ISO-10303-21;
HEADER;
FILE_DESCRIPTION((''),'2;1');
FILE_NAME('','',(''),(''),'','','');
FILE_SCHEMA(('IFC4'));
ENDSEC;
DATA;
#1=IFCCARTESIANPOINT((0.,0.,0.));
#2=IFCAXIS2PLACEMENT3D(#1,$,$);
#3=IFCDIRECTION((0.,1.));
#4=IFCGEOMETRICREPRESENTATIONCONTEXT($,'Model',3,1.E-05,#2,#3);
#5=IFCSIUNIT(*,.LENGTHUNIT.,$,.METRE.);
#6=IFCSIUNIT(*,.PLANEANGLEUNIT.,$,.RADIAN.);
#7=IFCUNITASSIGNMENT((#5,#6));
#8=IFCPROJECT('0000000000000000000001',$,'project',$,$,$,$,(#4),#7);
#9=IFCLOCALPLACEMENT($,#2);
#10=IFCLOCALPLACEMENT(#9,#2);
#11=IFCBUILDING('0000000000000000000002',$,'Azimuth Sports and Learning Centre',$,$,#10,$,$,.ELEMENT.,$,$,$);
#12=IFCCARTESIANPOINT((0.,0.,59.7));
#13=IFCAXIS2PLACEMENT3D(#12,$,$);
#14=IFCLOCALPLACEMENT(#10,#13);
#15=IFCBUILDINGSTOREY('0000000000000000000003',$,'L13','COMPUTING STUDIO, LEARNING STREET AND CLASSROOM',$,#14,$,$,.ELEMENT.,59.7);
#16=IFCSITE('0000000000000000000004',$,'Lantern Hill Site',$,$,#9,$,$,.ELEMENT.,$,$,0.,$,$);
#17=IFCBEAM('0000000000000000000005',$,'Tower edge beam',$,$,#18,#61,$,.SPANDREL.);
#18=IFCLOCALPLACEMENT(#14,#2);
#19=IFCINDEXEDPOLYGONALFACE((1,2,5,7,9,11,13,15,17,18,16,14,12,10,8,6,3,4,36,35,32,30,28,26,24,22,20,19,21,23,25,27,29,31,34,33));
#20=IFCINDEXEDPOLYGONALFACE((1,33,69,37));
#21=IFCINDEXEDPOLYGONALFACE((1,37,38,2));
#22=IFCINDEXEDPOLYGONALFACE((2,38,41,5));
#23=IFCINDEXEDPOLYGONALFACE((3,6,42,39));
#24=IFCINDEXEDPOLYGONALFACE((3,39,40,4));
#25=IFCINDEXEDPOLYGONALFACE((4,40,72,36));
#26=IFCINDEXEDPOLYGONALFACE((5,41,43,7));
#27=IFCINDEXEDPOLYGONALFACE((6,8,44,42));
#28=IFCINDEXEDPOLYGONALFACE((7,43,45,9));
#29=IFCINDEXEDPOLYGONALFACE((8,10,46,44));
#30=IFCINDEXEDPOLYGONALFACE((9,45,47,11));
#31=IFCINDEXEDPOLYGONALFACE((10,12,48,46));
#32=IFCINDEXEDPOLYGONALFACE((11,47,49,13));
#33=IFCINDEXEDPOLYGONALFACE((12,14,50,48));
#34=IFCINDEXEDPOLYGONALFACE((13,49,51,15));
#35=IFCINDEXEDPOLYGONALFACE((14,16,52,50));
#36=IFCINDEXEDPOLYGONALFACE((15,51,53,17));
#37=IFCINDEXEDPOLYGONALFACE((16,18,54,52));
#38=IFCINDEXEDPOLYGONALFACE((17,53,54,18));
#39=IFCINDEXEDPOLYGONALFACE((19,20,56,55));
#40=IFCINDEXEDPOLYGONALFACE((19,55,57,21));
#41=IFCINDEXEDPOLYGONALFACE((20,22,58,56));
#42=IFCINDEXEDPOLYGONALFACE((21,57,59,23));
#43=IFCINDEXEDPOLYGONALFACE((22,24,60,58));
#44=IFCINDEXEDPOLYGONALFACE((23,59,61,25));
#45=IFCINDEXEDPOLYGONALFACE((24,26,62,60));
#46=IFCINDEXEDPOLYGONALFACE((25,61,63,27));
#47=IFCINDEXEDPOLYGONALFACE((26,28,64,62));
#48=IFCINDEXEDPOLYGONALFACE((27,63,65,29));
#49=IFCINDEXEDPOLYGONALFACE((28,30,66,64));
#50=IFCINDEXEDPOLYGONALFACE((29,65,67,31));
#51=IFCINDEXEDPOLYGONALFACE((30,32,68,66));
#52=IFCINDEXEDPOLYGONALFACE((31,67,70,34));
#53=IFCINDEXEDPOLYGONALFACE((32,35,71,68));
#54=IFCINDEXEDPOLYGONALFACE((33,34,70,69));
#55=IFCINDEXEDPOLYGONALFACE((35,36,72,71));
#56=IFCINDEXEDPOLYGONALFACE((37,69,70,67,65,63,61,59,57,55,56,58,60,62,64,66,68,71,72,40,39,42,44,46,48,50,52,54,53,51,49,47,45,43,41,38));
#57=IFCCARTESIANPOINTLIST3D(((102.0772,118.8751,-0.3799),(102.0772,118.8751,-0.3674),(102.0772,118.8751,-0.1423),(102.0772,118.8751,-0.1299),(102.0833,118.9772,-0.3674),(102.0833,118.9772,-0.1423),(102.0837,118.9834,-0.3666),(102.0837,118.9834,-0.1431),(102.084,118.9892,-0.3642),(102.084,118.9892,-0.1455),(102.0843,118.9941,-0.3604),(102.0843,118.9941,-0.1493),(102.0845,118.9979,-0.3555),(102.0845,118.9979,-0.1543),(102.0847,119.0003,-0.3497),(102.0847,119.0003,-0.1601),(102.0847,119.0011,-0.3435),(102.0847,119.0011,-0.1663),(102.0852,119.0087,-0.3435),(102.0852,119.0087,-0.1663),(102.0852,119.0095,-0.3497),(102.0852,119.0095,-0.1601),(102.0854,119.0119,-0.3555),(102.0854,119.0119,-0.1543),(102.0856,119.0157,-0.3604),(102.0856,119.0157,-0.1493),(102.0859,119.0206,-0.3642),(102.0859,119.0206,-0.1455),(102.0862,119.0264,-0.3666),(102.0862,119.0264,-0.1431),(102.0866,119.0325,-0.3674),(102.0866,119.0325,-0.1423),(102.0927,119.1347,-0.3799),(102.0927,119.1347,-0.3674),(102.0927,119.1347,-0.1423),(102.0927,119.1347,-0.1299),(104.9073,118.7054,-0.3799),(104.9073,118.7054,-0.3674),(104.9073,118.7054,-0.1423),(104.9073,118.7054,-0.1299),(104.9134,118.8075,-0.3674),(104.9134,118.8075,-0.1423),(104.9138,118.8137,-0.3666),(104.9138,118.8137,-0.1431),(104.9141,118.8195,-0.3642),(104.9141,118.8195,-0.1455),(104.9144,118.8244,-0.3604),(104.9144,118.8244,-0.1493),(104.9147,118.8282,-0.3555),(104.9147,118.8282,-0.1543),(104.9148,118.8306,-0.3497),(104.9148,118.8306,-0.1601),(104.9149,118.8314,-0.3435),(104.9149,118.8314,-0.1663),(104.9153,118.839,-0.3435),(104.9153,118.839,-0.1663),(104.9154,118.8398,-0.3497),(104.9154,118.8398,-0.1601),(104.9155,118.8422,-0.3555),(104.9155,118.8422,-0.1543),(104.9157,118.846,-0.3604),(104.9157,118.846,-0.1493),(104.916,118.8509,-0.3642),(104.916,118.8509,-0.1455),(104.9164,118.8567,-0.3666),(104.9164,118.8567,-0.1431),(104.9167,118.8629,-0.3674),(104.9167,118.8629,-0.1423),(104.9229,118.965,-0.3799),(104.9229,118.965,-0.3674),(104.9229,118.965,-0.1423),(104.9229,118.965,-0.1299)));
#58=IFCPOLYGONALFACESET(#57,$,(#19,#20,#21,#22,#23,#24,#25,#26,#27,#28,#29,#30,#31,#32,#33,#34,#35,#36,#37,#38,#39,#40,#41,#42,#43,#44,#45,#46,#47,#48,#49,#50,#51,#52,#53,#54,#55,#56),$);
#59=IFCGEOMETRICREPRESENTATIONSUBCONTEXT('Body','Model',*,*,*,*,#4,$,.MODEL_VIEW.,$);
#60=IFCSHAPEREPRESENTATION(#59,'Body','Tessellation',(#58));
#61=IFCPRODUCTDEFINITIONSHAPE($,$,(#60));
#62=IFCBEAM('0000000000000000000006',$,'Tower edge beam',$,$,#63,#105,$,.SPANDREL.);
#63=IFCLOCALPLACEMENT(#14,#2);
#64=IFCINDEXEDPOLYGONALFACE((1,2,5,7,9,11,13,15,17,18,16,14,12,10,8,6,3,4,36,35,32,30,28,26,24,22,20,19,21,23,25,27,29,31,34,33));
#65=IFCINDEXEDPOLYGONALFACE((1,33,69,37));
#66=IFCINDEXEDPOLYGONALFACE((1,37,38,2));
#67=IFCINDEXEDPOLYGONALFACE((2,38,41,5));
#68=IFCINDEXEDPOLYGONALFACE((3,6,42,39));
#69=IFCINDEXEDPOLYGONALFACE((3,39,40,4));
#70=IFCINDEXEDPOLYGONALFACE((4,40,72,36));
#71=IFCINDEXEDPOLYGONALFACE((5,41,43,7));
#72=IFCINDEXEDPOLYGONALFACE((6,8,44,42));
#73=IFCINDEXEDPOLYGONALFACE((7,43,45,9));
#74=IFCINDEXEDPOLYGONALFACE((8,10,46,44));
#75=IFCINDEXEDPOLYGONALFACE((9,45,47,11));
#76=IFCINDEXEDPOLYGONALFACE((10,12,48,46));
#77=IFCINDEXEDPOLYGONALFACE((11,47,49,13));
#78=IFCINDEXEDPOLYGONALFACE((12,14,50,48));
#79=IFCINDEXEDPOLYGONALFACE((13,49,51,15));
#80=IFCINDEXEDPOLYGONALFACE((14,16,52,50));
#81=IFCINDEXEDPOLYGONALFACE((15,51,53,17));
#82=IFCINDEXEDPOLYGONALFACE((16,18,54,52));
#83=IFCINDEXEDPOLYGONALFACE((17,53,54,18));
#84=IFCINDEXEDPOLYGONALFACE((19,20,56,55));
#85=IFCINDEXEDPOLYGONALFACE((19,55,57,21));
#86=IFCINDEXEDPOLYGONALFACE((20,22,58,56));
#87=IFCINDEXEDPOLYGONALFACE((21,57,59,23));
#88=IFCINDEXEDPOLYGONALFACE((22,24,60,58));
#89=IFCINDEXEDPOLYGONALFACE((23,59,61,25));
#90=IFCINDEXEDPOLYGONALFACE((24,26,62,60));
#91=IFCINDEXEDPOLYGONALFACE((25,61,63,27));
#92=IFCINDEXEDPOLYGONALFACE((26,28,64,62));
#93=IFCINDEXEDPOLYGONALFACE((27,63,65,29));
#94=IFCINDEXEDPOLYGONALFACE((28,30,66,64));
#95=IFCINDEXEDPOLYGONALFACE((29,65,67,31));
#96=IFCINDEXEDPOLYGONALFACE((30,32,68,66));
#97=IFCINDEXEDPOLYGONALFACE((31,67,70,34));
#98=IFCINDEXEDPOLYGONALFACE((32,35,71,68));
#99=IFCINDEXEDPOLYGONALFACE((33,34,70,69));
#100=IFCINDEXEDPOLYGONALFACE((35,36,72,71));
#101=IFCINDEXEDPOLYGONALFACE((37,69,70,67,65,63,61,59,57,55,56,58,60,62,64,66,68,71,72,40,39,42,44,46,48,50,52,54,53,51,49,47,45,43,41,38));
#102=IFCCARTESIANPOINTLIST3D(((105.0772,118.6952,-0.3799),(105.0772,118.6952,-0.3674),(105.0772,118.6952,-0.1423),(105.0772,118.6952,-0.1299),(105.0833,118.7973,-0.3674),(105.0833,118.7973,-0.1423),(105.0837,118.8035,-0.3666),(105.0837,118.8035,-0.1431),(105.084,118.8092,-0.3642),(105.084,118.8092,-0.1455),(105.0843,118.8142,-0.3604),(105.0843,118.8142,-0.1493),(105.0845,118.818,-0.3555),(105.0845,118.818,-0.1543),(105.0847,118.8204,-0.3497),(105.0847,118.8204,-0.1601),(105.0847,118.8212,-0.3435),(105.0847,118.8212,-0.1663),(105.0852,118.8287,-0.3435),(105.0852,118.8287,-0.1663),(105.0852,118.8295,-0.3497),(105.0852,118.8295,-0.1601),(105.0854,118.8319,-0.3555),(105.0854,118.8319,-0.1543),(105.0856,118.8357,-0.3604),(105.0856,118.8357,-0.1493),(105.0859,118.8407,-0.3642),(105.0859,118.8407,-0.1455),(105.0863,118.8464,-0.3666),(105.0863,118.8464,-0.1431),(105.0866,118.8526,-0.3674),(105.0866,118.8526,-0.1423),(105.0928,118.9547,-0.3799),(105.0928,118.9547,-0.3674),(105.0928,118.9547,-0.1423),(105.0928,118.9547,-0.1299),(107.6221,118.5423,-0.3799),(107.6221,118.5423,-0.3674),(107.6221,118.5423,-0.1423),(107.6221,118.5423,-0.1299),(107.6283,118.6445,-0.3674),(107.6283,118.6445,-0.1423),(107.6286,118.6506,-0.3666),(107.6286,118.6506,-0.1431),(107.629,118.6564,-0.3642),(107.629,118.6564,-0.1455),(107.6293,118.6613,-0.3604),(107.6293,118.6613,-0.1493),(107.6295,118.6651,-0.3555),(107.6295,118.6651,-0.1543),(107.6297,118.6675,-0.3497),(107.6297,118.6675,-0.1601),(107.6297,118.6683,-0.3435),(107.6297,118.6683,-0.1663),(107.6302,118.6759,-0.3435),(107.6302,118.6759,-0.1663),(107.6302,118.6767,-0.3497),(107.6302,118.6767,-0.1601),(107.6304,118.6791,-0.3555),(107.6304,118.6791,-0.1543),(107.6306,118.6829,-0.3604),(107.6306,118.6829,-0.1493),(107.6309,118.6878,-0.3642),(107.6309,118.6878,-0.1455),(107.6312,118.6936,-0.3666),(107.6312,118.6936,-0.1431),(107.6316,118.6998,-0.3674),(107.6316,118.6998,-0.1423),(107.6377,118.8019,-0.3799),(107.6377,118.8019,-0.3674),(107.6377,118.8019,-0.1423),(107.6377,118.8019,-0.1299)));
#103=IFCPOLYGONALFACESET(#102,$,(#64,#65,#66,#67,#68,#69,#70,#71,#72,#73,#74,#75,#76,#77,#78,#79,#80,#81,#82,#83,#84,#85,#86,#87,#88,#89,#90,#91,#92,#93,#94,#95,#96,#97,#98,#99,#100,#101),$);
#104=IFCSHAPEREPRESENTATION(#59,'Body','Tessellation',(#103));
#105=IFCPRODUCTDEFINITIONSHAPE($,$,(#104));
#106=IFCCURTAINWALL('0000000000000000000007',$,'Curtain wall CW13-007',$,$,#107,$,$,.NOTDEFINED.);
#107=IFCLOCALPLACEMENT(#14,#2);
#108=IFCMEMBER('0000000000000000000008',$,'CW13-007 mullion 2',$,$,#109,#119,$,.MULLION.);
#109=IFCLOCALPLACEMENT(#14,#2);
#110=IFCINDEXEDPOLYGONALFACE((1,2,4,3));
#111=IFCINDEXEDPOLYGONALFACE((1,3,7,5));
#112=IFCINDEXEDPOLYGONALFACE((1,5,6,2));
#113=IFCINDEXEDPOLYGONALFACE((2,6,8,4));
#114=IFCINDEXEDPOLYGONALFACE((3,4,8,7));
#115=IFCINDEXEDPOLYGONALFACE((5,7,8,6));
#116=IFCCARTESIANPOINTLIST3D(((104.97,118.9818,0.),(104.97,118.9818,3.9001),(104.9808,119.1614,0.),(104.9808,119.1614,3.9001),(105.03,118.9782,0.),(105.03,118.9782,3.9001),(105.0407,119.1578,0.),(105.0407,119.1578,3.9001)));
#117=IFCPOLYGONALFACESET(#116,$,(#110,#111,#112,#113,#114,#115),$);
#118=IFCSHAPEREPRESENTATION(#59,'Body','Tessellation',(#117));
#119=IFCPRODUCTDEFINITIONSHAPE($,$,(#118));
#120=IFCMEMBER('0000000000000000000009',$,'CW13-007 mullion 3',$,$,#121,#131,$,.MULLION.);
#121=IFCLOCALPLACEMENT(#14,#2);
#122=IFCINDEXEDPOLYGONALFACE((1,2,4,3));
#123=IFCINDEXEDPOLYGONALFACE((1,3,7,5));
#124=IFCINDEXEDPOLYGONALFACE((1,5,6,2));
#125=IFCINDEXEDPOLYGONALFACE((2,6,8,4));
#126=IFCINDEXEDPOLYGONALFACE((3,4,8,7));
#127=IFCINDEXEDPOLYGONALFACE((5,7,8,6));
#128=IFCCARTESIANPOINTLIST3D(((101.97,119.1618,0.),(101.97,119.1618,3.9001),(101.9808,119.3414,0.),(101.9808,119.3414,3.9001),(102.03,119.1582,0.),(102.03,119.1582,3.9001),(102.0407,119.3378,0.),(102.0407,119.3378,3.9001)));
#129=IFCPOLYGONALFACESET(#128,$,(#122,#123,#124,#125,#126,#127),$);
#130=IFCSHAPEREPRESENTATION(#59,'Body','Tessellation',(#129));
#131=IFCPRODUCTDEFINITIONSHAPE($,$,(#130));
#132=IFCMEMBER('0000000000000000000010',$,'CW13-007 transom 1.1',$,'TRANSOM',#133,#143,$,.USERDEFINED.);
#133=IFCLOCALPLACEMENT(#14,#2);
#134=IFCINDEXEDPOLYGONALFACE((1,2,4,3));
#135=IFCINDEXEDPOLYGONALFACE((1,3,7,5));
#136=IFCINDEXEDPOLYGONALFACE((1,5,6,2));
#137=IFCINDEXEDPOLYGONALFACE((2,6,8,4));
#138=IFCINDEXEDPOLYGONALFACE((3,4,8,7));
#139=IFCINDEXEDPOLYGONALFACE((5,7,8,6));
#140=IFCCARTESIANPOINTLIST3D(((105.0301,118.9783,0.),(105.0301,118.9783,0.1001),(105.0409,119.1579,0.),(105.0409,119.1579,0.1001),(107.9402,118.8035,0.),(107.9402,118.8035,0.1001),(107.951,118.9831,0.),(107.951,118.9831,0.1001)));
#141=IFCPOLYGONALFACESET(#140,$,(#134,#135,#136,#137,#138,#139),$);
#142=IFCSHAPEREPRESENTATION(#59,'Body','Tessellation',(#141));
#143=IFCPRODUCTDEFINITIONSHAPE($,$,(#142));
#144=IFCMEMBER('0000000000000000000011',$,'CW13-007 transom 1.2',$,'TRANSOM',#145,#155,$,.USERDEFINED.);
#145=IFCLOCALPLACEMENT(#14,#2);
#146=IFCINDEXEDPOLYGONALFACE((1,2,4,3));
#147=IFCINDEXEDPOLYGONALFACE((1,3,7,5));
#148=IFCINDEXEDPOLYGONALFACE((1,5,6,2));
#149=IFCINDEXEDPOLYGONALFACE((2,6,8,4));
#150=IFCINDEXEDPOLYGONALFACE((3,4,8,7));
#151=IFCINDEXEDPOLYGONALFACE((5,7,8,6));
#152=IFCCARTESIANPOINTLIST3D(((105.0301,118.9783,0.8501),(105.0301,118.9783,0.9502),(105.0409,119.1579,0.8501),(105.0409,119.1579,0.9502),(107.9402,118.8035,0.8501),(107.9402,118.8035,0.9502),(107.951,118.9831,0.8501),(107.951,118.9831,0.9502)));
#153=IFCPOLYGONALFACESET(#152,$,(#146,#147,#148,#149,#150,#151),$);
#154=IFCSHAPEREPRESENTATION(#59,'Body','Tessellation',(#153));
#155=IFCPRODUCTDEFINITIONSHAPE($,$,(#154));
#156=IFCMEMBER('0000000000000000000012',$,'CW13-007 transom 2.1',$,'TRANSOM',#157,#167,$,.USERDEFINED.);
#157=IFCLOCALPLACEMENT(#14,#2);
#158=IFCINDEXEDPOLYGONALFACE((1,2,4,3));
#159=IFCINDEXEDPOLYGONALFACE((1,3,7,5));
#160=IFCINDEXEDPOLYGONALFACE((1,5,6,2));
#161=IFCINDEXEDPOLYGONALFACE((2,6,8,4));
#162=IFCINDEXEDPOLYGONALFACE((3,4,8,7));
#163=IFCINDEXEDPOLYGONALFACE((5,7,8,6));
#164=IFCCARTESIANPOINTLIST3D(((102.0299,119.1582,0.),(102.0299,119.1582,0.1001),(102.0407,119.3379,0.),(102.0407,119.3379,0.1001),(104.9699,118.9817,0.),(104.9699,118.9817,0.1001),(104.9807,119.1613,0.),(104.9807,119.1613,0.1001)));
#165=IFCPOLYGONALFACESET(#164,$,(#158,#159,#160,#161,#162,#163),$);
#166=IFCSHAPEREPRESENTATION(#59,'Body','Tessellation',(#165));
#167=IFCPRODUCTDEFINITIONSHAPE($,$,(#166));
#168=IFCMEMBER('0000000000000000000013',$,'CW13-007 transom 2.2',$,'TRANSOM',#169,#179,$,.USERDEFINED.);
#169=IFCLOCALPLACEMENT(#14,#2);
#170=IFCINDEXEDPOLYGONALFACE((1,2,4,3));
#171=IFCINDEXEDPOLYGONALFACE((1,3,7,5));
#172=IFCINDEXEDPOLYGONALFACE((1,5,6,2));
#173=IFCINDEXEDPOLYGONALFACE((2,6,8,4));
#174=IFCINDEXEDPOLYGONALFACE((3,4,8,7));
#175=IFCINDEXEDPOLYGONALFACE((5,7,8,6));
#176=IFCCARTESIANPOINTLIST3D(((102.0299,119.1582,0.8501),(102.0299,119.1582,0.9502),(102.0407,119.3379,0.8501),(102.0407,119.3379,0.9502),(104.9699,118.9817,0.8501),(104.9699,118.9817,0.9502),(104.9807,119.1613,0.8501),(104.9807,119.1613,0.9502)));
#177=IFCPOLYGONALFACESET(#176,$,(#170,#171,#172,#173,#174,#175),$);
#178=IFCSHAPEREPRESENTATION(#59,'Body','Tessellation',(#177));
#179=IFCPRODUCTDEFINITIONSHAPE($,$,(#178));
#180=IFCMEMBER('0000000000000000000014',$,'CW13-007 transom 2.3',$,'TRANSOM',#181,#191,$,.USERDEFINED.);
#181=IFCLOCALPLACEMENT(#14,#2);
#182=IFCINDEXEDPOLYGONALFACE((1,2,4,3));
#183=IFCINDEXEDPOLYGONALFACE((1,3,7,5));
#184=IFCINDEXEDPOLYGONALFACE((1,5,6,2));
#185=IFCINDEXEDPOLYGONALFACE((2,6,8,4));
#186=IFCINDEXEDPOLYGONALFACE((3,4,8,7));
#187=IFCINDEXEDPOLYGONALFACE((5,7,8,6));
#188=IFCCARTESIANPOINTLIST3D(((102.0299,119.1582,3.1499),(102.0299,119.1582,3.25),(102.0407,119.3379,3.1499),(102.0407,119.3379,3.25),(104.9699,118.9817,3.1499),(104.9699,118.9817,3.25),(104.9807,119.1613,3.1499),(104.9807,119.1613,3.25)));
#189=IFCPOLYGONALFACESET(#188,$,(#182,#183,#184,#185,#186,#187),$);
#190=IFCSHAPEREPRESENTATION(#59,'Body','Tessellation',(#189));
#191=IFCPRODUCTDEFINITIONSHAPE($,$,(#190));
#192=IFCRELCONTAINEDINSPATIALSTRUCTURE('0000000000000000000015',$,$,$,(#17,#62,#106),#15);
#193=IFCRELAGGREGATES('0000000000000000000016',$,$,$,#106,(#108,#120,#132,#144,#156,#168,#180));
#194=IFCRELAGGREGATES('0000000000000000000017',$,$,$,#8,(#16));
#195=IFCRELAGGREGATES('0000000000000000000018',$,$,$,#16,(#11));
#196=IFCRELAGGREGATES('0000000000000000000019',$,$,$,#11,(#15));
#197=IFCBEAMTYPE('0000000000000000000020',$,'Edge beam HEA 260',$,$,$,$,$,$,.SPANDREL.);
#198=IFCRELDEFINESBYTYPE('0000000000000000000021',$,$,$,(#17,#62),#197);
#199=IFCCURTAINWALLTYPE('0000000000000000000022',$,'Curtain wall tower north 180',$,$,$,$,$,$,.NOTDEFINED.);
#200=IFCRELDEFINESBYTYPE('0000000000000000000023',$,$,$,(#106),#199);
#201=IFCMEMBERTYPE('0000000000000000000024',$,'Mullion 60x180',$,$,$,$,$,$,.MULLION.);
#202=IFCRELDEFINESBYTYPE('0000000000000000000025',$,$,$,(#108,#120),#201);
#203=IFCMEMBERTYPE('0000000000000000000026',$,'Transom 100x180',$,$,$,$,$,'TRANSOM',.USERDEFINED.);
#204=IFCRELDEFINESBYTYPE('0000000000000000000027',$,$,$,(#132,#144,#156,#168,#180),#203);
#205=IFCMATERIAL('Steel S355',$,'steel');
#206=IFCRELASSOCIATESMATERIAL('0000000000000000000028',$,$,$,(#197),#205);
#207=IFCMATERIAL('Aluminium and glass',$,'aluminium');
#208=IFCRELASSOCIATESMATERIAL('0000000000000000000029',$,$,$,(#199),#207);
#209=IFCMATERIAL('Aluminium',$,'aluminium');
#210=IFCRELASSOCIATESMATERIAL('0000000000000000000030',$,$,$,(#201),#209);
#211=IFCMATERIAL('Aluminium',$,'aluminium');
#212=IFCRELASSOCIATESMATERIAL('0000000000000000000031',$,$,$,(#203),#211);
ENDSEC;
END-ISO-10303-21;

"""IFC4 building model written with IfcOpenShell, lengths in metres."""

from ifc_helpers import new_model, si_unit, direction, frame, origin, origin_2d, place, context, subcontext, project, spatial, rectangle, i_section, extrude, material, material_profile, profile_set, type_object, element, aggregate, save


model = new_model("IFC4")

# Units and contexts
model_context = context("Model", 3, precision=1e-05, world=origin(), true_north=direction((0.0, 1.0)))
body_context = subcontext(model_context, "Body", "Model", "MODEL_VIEW")
ifc_project = project(units=[si_unit("LENGTHUNIT", "METRE"), si_unit("PLANEANGLEUNIT", "RADIAN")], contexts=[model_context])

# Site, building, storey
site_placement = place(None, origin())
site = spatial("IfcSite", under=ifc_project, at=site_placement, Name="Lantern Hill Site", CompositionType="ELEMENT", RefElevation=0.0)
building_placement = place(site_placement, origin())
building = spatial("IfcBuilding", under=site, at=building_placement, Name="Azimuth Sports and Learning Centre", CompositionType="ELEMENT")
storey_placement = place(building_placement, frame((0.0, 0.0, 59.7)))
storey = spatial("IfcBuildingStorey", under=building, at=storey_placement, Name="L13", Description="COMPUTING STUDIO, LEARNING STREET AND CLASSROOM", CompositionType="ELEMENT", Elevation=59.7)

# Beams
ifc_material_1 = material(Name="Steel S355", Category="steel")
ifc_material_profile_1 = material_profile(ifc_material_1, i_section(OverallWidth=0.26, OverallDepth=0.25, WebThickness=0.0076, FlangeThickness=0.0125, FilletRadius=0.0239, at=origin_2d()), Name="HEA 260")
ifc_profile_set_1 = profile_set([ifc_material_profile_1], Name="Steel S355")
beam_type = type_object("IfcBeamType", Name="Edge beam HEA 260", PredefinedType="SPANDREL", material=ifc_profile_set_1)
beam_1_placement = place(storey_placement, frame((102.085, 119.0049, -0.2549), z_axis=(0.998208, -0.059848, 0.0), x_axis=(0.059848, 0.998208, 0.0)))
element("IfcBeam", 1, at=beam_1_placement, inside=storey, type_object=beam_type, Name="Tower edge beam", PredefinedType="SPANDREL", context=body_context, shape_type="SweptSolid", body=[
    extrude(i_section(OverallWidth=0.26, OverallDepth=0.25, WebThickness=0.0076, FlangeThickness=0.0125, FilletRadius=0.0239, at=origin_2d()), origin(), (0.0, 0.0, 1.0), 2.8352),
])
beam_2_placement = place(storey_placement, frame((105.085, 118.825, -0.2549), z_axis=(0.998202, -0.059946, 0.0), x_axis=(0.059946, 0.998202, 0.0)))
element("IfcBeam", 2, at=beam_2_placement, inside=storey, type_object=beam_type, Name="Tower edge beam", PredefinedType="SPANDREL", context=body_context, shape_type="SweptSolid", body=[
    extrude(i_section(OverallWidth=0.26, OverallDepth=0.25, WebThickness=0.0076, FlangeThickness=0.0125, FilletRadius=0.0239, at=origin_2d()), origin(), (0.0, 0.0, 1.0), 2.5496),
])

# Curtain wall, members
ifc_material_2 = material(Name="Aluminium and glass", Category="aluminium")
curtain_wall_type = type_object("IfcCurtainWallType", Name="Curtain wall tower north 180", PredefinedType="NOTDEFINED", material=ifc_material_2)
curtain_wall_placement = place(storey_placement, origin())
curtain_wall = element("IfcCurtainWall", 3, at=curtain_wall_placement, inside=storey, type_object=curtain_wall_type, Name="Curtain wall CW13-007", PredefinedType="NOTDEFINED")
ifc_material_3 = material(Name="Aluminium", Category="aluminium")
ifc_material_profile_2 = material_profile(ifc_material_3, rectangle(XDim=0.1799, YDim=0.0601, at=origin_2d()), Name="Mullion 60x180")
ifc_profile_set_2 = profile_set([ifc_material_profile_2], Name="Aluminium")
member_type_1 = type_object("IfcMemberType", Name="Mullion 60x180", PredefinedType="MULLION", material=ifc_profile_set_2)
member_1_placement = place(storey_placement, frame((105.0054, 119.0698, 0.0), z_axis=(0.0, 0.0, 1.0), x_axis=(-0.059892, -0.998205, 0.0)))
member_1 = element("IfcMember", 4, at=member_1_placement, type_object=member_type_1, Name="CW13-007 mullion 2", PredefinedType="MULLION", context=body_context, shape_type="SweptSolid", body=[
    extrude(rectangle(XDim=0.1799, YDim=0.0601, at=origin_2d()), origin(), (0.0, 0.0, 1.0), 3.9001),
])
member_2_placement = place(storey_placement, frame((102.0054, 119.2498, 0.0), z_axis=(0.0, 0.0, 1.0), x_axis=(-0.059892, -0.998205, 0.0)))
member_2 = element("IfcMember", 5, at=member_2_placement, type_object=member_type_1, Name="CW13-007 mullion 3", PredefinedType="MULLION", context=body_context, shape_type="SweptSolid", body=[
    extrude(rectangle(XDim=0.1799, YDim=0.0601, at=origin_2d()), origin(), (0.0, 0.0, 1.0), 3.9001),
])
ifc_material_4 = material(Name="Aluminium", Category="aluminium")
ifc_material_profile_3 = material_profile(ifc_material_4, rectangle(XDim=0.1799, YDim=0.1001, at=origin_2d()), Name="Transom 100x180")
ifc_profile_set_3 = profile_set([ifc_material_profile_3], Name="Aluminium")
member_type_2 = type_object("IfcMemberType", Name="Transom 100x180", ElementType="TRANSOM", PredefinedType="USERDEFINED", material=ifc_profile_set_3)
member_3_placement = place(storey_placement, frame((107.9456, 118.8933, 0.05), z_axis=(-0.998201, 0.059959, 0.0), x_axis=(-0.059959, -0.998201, 0.0)))
member_3 = element("IfcMember", 6, at=member_3_placement, type_object=member_type_2, Name="CW13-007 transom 1.1", ObjectType="TRANSOM", PredefinedType="USERDEFINED", context=body_context, shape_type="SweptSolid", body=[
    extrude(rectangle(XDim=0.1799, YDim=0.1001, at=origin_2d()), origin(), (0.0, 0.0, 1.0), 2.9153),
])
member_4_placement = place(storey_placement, frame((107.9456, 118.8933, 0.9001), z_axis=(-0.998201, 0.059959, 0.0), x_axis=(-0.059959, -0.998201, 0.0)))
member_4 = element("IfcMember", 7, at=member_4_placement, type_object=member_type_2, Name="CW13-007 transom 1.2", ObjectType="TRANSOM", PredefinedType="USERDEFINED", context=body_context, shape_type="SweptSolid", body=[
    extrude(rectangle(XDim=0.1799, YDim=0.1001, at=origin_2d()), origin(), (0.0, 0.0, 1.0), 2.9153),
])
member_5_placement = place(storey_placement, frame((104.9753, 119.0715, 0.05), z_axis=(-0.998202, 0.059932, 0.0), x_axis=(-0.059932, -0.998202, 0.0)))
member_5 = element("IfcMember", 8, at=member_5_placement, type_object=member_type_2, Name="CW13-007 transom 2.1", ObjectType="TRANSOM", PredefinedType="USERDEFINED", context=body_context, shape_type="SweptSolid", body=[
    extrude(rectangle(XDim=0.1799, YDim=0.1001, at=origin_2d()), origin(), (0.0, 0.0, 1.0), 2.9453),
])
member_6_placement = place(storey_placement, frame((104.9753, 119.0715, 0.9001), z_axis=(-0.998202, 0.059932, 0.0), x_axis=(-0.059932, -0.998202, 0.0)))
member_6 = element("IfcMember", 9, at=member_6_placement, type_object=member_type_2, Name="CW13-007 transom 2.2", ObjectType="TRANSOM", PredefinedType="USERDEFINED", context=body_context, shape_type="SweptSolid", body=[
    extrude(rectangle(XDim=0.1799, YDim=0.1001, at=origin_2d()), origin(), (0.0, 0.0, 1.0), 2.9453),
])
member_7_placement = place(storey_placement, frame((104.9753, 119.0715, 3.2), z_axis=(-0.998202, 0.059932, 0.0), x_axis=(-0.059932, -0.998202, 0.0)))
member_7 = element("IfcMember", 10, at=member_7_placement, type_object=member_type_2, Name="CW13-007 transom 2.3", ObjectType="TRANSOM", PredefinedType="USERDEFINED", context=body_context, shape_type="SweptSolid", body=[
    extrude(rectangle(XDim=0.1799, YDim=0.1001, at=origin_2d()), origin(), (0.0, 0.0, 1.0), 2.9453),
])
aggregate(curtain_wall, [member_1, member_2, member_3, member_4, member_5, member_6, member_7])

save(model, "model.ifc")
